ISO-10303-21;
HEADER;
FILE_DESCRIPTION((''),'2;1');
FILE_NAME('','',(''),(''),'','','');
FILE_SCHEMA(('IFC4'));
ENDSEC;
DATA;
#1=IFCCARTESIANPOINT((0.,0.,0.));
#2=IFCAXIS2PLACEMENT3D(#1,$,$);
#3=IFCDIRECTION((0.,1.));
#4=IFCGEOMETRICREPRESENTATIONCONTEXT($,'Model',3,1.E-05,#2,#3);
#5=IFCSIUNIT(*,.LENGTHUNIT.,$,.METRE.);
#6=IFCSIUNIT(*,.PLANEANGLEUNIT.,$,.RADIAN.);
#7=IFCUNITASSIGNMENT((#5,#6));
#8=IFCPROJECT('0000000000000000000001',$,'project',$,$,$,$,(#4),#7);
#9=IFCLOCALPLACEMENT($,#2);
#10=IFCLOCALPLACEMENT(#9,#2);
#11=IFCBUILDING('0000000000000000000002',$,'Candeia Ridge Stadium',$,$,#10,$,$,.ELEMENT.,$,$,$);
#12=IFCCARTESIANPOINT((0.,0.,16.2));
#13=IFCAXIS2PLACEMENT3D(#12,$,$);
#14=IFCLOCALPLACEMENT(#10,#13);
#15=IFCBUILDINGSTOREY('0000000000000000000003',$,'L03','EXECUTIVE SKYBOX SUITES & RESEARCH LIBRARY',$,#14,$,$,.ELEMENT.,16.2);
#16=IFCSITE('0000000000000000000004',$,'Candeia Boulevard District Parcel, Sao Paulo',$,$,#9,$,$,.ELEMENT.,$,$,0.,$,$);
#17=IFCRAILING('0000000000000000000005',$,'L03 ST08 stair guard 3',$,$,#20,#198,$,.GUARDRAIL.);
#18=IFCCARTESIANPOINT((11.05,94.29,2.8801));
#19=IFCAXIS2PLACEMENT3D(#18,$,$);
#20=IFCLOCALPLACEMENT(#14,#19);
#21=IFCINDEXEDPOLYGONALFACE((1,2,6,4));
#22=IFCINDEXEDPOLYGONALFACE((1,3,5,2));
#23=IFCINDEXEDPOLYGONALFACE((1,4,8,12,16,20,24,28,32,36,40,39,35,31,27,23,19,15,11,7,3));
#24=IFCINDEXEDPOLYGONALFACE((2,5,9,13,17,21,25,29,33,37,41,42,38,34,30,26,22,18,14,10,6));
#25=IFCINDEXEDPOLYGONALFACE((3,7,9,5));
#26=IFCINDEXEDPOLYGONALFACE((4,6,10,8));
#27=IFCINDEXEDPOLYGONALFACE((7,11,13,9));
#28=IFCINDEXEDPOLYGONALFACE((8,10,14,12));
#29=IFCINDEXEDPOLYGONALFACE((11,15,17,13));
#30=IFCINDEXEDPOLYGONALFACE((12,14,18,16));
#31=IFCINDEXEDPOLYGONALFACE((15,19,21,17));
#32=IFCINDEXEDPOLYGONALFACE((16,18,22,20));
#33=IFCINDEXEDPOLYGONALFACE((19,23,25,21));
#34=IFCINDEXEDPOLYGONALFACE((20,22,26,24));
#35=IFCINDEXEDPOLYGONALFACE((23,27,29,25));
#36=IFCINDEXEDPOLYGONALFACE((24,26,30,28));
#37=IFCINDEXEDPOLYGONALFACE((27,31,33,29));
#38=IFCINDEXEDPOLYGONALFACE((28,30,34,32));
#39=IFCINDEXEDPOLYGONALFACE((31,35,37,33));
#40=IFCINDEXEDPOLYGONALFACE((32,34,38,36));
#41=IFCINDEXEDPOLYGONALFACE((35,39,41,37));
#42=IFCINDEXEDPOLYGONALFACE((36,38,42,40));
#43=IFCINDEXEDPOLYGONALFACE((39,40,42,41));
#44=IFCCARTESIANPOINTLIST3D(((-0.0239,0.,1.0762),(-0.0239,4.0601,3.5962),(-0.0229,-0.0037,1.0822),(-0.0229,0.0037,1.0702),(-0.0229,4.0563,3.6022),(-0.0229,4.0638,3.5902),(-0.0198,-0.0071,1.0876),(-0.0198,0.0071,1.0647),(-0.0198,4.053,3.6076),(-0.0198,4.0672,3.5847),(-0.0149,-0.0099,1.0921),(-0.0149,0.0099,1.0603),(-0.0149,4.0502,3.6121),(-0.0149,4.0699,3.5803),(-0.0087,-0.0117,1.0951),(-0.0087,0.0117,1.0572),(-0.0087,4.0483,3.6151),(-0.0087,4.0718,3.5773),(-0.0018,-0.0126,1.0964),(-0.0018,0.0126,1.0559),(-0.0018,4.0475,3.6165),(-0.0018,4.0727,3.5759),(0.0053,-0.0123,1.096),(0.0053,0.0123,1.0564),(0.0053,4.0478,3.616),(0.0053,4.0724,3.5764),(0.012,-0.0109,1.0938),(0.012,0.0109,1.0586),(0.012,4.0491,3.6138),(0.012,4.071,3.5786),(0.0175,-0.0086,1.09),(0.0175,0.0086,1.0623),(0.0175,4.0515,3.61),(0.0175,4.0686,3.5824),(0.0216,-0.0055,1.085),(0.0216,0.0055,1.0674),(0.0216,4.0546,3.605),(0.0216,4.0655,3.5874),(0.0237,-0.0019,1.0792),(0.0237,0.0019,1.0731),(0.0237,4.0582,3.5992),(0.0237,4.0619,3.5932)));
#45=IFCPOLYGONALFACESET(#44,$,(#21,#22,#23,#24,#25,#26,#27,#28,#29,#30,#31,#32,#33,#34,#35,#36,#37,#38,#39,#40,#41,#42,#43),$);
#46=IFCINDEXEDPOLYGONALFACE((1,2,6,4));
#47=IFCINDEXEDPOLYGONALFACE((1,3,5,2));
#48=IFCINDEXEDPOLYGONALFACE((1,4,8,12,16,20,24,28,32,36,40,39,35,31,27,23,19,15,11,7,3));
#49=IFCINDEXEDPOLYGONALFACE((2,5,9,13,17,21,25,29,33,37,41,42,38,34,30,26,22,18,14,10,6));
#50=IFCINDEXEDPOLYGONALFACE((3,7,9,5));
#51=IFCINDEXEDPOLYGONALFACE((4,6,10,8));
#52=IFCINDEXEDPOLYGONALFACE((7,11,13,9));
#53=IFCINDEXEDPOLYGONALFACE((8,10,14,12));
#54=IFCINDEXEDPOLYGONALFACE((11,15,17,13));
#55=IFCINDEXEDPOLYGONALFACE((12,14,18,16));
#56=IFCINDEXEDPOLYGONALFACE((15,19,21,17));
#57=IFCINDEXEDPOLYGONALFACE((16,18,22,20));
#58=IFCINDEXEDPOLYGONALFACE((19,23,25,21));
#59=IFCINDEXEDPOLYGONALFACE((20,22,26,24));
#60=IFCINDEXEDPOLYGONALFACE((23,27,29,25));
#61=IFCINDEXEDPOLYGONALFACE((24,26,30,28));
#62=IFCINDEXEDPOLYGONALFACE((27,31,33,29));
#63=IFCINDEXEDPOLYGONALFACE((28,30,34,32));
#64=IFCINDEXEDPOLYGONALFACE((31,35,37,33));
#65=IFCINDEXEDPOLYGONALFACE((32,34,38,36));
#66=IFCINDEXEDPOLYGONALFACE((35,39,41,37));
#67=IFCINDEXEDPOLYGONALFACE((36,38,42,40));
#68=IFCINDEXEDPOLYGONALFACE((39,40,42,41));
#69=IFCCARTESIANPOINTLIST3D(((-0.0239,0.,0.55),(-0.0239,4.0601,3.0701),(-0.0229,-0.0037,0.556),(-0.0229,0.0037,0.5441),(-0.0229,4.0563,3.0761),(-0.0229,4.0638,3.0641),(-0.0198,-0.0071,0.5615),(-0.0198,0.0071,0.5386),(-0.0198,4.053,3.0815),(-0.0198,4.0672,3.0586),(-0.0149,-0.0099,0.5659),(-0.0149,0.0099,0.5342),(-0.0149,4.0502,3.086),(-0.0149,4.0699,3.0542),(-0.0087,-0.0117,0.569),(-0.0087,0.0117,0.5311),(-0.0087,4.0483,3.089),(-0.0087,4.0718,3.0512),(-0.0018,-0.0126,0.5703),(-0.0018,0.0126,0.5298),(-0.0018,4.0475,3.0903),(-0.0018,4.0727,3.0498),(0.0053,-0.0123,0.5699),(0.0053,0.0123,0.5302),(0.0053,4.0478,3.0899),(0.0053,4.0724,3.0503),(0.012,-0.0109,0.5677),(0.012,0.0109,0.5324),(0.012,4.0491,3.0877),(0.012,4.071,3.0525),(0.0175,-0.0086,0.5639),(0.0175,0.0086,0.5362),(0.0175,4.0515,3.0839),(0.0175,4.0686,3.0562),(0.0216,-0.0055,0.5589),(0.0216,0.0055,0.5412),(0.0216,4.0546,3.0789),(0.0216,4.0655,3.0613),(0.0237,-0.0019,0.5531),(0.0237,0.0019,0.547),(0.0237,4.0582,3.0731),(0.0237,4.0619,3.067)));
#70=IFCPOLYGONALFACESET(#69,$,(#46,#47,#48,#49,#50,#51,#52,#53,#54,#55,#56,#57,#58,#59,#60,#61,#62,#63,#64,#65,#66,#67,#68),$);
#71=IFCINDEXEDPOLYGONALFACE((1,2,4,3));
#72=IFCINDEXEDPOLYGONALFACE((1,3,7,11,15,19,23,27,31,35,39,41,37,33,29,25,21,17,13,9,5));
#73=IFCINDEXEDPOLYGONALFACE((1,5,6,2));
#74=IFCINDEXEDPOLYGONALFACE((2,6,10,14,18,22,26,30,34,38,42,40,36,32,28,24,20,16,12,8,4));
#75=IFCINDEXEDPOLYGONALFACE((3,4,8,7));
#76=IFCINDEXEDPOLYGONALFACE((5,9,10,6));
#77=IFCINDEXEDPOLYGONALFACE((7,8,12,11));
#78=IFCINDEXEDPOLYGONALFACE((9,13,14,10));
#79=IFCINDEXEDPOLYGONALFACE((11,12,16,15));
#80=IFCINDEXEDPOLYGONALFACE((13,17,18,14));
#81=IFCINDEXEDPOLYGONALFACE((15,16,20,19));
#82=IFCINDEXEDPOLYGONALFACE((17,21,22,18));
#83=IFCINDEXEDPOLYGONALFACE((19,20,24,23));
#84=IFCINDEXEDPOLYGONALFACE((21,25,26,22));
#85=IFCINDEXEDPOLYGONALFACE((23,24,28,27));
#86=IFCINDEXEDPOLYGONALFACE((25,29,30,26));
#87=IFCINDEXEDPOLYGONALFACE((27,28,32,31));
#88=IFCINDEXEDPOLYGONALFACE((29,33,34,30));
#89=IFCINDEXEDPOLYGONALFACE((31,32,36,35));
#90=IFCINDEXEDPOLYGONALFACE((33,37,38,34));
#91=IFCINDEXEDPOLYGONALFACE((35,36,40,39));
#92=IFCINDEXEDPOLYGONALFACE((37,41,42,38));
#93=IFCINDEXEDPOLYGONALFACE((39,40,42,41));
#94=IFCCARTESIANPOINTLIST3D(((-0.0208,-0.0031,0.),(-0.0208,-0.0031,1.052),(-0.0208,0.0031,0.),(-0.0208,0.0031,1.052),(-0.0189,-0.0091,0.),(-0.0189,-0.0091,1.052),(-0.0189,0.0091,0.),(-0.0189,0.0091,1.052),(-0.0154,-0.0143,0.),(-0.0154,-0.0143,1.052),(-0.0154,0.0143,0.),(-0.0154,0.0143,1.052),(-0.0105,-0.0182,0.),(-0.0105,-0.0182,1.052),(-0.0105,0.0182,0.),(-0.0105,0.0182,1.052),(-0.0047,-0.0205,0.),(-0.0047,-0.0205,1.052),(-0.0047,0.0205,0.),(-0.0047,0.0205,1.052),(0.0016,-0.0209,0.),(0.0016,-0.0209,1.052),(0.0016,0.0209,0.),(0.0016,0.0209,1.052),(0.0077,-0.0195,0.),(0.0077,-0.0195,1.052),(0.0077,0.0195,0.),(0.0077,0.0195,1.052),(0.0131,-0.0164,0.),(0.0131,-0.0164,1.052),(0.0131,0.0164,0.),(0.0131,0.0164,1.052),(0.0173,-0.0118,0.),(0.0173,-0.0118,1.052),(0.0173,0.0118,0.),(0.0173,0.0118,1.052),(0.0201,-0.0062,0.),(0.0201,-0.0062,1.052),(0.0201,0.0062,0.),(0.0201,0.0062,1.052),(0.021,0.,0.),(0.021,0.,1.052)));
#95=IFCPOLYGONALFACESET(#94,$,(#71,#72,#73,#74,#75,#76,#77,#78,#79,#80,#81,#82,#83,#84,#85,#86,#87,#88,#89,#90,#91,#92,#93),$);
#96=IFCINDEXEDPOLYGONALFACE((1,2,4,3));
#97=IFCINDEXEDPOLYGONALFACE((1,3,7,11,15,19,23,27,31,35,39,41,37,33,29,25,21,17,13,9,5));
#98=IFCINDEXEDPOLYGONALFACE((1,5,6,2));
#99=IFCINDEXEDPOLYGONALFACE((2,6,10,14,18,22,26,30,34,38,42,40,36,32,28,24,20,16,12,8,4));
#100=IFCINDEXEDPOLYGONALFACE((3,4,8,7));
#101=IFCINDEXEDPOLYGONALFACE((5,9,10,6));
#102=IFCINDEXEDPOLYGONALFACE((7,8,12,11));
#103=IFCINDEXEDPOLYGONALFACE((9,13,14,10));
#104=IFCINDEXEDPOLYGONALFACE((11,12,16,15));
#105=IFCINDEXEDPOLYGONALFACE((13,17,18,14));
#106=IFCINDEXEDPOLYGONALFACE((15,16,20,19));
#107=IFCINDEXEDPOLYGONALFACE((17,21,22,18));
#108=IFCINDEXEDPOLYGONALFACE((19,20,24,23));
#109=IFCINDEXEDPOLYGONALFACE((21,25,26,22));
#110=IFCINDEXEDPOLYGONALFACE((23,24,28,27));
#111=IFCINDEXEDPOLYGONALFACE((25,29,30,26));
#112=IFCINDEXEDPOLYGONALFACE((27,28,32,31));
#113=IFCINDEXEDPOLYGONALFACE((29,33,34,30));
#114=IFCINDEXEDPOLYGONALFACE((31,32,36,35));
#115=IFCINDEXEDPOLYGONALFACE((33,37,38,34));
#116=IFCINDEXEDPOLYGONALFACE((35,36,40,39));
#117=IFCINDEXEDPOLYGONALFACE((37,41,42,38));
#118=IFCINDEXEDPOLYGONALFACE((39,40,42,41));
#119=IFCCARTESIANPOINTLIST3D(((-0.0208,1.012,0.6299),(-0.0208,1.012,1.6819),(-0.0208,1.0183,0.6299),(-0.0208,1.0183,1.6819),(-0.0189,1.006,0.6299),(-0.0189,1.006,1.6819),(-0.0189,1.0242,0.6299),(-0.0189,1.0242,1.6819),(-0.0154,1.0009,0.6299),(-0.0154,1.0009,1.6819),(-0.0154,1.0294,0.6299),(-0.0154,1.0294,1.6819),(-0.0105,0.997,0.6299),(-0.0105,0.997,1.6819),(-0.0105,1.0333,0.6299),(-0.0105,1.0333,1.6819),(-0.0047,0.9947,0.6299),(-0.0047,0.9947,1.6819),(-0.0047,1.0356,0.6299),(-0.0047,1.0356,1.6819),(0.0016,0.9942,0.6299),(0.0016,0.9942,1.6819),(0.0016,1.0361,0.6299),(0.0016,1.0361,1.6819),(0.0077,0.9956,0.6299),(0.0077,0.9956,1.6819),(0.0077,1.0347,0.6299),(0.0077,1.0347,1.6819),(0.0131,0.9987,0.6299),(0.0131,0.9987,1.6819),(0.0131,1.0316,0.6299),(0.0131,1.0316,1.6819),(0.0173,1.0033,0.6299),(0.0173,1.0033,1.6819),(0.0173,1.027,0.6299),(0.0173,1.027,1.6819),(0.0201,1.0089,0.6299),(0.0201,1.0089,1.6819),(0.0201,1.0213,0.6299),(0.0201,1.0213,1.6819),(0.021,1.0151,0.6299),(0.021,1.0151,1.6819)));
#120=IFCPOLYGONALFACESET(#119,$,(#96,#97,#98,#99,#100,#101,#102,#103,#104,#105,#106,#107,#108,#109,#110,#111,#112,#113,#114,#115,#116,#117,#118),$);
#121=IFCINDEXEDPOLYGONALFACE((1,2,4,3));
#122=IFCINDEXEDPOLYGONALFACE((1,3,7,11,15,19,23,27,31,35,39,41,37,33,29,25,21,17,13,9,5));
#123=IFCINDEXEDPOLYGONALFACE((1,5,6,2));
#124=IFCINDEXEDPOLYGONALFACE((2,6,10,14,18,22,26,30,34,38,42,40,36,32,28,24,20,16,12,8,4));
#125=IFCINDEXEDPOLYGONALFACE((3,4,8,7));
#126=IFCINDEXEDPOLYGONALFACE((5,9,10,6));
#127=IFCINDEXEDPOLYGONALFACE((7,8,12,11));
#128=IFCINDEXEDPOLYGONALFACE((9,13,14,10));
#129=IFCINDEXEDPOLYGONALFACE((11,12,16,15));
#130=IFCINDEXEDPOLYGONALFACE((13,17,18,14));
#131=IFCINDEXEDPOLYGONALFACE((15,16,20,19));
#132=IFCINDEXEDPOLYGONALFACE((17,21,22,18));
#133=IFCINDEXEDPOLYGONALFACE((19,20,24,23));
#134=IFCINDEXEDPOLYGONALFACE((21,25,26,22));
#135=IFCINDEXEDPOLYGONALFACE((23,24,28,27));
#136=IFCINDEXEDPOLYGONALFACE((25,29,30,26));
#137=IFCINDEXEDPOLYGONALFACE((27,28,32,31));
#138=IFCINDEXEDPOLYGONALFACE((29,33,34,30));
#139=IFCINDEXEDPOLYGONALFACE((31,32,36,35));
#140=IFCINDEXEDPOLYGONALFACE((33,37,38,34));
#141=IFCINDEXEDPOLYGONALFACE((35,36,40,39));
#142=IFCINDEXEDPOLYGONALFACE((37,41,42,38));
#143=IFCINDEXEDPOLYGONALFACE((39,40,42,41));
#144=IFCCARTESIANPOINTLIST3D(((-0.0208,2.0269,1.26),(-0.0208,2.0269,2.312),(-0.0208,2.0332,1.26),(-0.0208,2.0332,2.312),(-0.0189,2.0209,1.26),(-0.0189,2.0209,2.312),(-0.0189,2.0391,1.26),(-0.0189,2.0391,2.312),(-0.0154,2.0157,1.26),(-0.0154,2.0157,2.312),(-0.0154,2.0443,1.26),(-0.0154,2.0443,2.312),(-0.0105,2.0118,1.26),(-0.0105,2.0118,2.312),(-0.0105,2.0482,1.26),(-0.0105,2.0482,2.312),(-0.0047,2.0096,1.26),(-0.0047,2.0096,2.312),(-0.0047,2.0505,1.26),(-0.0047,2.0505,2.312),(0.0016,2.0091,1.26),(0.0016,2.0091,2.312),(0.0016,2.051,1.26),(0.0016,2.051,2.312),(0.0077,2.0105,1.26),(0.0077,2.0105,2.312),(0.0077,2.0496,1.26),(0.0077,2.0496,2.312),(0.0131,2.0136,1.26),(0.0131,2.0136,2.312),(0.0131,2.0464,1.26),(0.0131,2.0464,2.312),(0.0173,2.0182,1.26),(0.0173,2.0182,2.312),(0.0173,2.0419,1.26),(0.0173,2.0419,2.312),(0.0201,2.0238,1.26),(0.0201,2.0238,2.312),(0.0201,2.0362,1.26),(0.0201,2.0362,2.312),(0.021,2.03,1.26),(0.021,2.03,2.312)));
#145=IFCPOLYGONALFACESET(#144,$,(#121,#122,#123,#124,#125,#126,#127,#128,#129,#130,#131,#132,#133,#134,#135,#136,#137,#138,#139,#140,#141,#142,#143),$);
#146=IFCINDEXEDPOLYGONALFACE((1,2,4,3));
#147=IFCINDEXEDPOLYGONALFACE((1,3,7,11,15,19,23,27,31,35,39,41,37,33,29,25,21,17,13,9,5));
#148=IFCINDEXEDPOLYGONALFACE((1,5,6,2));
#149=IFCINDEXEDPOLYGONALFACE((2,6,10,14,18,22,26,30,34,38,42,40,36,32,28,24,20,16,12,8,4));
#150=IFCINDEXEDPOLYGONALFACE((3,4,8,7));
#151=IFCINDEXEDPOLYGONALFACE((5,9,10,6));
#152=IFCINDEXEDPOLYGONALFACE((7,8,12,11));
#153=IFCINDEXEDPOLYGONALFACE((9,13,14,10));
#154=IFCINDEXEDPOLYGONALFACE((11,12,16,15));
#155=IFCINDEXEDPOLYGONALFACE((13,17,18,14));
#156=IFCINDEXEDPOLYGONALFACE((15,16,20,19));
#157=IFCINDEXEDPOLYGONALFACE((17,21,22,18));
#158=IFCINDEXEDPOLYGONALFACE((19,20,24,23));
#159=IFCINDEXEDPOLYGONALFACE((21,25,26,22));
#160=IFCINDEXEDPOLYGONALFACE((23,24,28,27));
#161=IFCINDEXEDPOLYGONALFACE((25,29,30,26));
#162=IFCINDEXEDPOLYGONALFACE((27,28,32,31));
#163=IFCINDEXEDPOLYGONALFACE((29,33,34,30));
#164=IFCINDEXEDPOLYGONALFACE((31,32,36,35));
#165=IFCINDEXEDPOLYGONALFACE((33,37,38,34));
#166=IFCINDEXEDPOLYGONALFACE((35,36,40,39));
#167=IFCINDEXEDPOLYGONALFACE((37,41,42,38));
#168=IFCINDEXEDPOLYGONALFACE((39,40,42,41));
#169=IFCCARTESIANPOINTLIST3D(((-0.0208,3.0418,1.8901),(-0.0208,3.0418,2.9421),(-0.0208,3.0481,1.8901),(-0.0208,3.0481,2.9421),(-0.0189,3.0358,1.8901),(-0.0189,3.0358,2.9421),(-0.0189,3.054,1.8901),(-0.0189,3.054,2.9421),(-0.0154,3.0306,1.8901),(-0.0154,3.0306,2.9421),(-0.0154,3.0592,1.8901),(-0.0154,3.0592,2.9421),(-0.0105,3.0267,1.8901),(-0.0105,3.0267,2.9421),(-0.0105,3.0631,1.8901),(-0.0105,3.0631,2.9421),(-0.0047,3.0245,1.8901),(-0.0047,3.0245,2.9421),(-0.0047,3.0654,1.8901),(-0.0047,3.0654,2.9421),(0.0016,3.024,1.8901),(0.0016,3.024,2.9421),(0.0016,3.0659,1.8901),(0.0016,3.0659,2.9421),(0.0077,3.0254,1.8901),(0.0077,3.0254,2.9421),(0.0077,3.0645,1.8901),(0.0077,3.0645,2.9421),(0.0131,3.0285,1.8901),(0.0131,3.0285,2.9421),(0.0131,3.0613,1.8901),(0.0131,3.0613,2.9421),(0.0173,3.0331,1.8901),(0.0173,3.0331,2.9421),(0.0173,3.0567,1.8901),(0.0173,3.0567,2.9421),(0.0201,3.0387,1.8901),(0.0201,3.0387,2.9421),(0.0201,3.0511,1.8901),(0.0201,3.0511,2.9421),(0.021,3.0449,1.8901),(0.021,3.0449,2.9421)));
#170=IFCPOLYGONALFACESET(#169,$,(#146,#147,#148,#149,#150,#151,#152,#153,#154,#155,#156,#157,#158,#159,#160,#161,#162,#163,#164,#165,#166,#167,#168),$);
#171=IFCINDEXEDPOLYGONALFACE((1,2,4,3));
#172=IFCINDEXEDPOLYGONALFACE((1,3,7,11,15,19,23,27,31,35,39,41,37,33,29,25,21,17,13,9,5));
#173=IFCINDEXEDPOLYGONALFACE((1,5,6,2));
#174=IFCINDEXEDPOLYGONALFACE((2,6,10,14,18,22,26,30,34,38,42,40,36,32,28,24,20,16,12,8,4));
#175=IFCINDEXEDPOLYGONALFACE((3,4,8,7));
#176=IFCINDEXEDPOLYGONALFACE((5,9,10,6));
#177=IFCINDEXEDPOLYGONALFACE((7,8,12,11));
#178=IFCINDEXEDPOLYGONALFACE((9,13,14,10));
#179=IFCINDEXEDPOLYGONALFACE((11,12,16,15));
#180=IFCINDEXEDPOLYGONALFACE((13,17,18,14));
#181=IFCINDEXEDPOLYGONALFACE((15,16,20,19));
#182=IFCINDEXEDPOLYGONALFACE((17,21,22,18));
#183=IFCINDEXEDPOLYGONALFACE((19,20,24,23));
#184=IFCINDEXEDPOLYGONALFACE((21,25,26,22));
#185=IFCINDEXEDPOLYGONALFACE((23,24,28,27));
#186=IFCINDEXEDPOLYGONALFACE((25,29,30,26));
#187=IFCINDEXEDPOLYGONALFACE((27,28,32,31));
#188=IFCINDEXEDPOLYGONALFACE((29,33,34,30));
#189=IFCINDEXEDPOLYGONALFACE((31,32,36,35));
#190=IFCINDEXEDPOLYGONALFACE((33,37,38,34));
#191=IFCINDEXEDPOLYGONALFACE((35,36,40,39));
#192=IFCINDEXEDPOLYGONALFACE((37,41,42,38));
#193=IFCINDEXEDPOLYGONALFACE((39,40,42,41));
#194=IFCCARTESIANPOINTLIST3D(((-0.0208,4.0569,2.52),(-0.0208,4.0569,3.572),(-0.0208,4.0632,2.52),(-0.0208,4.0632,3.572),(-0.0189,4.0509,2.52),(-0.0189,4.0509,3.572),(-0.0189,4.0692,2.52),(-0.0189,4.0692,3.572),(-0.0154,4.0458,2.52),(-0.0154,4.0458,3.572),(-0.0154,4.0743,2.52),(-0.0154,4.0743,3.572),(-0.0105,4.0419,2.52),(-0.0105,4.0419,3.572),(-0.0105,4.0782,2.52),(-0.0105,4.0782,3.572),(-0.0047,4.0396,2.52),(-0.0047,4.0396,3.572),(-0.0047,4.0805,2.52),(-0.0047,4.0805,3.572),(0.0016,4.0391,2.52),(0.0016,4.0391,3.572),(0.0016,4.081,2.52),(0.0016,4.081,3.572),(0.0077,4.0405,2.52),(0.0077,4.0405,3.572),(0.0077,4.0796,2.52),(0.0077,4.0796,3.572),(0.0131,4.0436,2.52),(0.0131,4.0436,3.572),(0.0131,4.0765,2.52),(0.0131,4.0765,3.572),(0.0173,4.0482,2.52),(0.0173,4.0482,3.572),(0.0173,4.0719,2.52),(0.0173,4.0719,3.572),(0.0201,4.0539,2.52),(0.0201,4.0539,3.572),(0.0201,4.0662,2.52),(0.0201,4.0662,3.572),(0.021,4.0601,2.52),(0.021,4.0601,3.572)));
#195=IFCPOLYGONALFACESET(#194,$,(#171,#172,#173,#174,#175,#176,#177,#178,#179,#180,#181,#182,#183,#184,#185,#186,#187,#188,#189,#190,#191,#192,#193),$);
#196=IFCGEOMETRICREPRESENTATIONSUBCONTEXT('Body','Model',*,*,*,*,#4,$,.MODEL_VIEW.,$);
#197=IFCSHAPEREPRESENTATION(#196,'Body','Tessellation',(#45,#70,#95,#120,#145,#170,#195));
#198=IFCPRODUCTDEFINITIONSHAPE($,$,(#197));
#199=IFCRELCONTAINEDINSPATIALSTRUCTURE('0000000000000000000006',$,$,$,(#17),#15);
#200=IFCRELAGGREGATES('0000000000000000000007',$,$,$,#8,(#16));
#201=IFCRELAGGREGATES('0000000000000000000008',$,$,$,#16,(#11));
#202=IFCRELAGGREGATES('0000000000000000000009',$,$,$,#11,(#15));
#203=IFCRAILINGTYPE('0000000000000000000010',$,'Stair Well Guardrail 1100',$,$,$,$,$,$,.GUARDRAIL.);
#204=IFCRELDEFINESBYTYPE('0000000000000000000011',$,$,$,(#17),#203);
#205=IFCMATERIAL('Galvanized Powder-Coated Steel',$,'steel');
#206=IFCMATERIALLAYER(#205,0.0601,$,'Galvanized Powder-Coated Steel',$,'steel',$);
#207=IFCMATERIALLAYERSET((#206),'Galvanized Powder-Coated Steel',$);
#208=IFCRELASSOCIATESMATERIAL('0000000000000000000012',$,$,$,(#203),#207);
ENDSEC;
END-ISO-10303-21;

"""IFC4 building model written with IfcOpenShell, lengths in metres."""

from ifc_helpers import new_model, si_unit, direction, frame, origin, origin_2d, place, context, subcontext, project, spatial, circle, extrude, material, layer, layer_set, type_object, element, save


model = new_model("IFC4")

# Units and contexts
model_context = context("Model", 3, precision=1e-05, world=origin(), true_north=direction((0.0, 1.0)))
body_context = subcontext(model_context, "Body", "Model", "MODEL_VIEW")
ifc_project = project(units=[si_unit("LENGTHUNIT", "METRE"), si_unit("PLANEANGLEUNIT", "RADIAN")], contexts=[model_context])

# Site, building, storey
site_placement = place(None, origin())
site = spatial("IfcSite", under=ifc_project, at=site_placement, Name="Candeia Boulevard District Parcel, Sao Paulo", CompositionType="ELEMENT", RefElevation=0.0)
building_placement = place(site_placement, origin())
building = spatial("IfcBuilding", under=site, at=building_placement, Name="Candeia Ridge Stadium", CompositionType="ELEMENT")
storey_placement = place(building_placement, frame((0.0, 0.0, 16.2)))
storey = spatial("IfcBuildingStorey", under=building, at=storey_placement, Name="L03", Description="EXECUTIVE SKYBOX SUITES & RESEARCH LIBRARY", CompositionType="ELEMENT", Elevation=16.2)

# Railing
ifc_material_1 = material(Name="Galvanized Powder-Coated Steel", Category="steel")
ifc_layer_1 = layer(ifc_material_1, 0.0601, Name="Galvanized Powder-Coated Steel", Category="steel")
ifc_layer_set_1 = layer_set([ifc_layer_1], Name="Galvanized Powder-Coated Steel")
railing_type_1 = type_object("IfcRailingType", Name="Stair Well Guardrail 1100", PredefinedType="GUARDRAIL", material=ifc_layer_set_1)
railing_1_placement = place(storey_placement, frame((11.05, 94.29, 2.8801)))
element("IfcRailing", 1, at=railing_1_placement, inside=storey, type_object=railing_type_1, Name="L03 ST08 stair guard 3", PredefinedType="GUARDRAIL", context=body_context, shape_type="SweptSolid", body=[
    extrude(circle(Radius=0.0239, at=origin_2d()), frame((0.0, 0.0, 1.0762), z_axis=(0.0, 0.849642, 0.52736), x_axis=(-1.0, 0.0, 0.0)), (0.0, 0.0, 1.0), 4.7786),
    extrude(circle(Radius=0.0239, at=origin_2d()), frame((0.0, 0.0, 0.55), z_axis=(0.0, 0.849642, 0.52736), x_axis=(-1.0, 0.0, 0.0)), (0.0, 0.0, 1.0), 4.7786),
    extrude(circle(Radius=0.021, at=origin_2d()), origin(), (0.0, 0.0, 1.0), 1.052),
    extrude(circle(Radius=0.021, at=origin_2d()), frame((0.0, 1.0151, 0.6299)), (0.0, 0.0, 1.0), 1.052),
    extrude(circle(Radius=0.021, at=origin_2d()), frame((0.0, 2.03, 1.26)), (0.0, 0.0, 1.0), 1.052),
    extrude(circle(Radius=0.021, at=origin_2d()), frame((0.0, 3.0449, 1.8901)), (0.0, 0.0, 1.0), 1.052),
    extrude(circle(Radius=0.021, at=origin_2d()), frame((0.0, 4.0601, 2.52)), (0.0, 0.0, 1.0), 1.052),
])

save(model, "model.ifc")
